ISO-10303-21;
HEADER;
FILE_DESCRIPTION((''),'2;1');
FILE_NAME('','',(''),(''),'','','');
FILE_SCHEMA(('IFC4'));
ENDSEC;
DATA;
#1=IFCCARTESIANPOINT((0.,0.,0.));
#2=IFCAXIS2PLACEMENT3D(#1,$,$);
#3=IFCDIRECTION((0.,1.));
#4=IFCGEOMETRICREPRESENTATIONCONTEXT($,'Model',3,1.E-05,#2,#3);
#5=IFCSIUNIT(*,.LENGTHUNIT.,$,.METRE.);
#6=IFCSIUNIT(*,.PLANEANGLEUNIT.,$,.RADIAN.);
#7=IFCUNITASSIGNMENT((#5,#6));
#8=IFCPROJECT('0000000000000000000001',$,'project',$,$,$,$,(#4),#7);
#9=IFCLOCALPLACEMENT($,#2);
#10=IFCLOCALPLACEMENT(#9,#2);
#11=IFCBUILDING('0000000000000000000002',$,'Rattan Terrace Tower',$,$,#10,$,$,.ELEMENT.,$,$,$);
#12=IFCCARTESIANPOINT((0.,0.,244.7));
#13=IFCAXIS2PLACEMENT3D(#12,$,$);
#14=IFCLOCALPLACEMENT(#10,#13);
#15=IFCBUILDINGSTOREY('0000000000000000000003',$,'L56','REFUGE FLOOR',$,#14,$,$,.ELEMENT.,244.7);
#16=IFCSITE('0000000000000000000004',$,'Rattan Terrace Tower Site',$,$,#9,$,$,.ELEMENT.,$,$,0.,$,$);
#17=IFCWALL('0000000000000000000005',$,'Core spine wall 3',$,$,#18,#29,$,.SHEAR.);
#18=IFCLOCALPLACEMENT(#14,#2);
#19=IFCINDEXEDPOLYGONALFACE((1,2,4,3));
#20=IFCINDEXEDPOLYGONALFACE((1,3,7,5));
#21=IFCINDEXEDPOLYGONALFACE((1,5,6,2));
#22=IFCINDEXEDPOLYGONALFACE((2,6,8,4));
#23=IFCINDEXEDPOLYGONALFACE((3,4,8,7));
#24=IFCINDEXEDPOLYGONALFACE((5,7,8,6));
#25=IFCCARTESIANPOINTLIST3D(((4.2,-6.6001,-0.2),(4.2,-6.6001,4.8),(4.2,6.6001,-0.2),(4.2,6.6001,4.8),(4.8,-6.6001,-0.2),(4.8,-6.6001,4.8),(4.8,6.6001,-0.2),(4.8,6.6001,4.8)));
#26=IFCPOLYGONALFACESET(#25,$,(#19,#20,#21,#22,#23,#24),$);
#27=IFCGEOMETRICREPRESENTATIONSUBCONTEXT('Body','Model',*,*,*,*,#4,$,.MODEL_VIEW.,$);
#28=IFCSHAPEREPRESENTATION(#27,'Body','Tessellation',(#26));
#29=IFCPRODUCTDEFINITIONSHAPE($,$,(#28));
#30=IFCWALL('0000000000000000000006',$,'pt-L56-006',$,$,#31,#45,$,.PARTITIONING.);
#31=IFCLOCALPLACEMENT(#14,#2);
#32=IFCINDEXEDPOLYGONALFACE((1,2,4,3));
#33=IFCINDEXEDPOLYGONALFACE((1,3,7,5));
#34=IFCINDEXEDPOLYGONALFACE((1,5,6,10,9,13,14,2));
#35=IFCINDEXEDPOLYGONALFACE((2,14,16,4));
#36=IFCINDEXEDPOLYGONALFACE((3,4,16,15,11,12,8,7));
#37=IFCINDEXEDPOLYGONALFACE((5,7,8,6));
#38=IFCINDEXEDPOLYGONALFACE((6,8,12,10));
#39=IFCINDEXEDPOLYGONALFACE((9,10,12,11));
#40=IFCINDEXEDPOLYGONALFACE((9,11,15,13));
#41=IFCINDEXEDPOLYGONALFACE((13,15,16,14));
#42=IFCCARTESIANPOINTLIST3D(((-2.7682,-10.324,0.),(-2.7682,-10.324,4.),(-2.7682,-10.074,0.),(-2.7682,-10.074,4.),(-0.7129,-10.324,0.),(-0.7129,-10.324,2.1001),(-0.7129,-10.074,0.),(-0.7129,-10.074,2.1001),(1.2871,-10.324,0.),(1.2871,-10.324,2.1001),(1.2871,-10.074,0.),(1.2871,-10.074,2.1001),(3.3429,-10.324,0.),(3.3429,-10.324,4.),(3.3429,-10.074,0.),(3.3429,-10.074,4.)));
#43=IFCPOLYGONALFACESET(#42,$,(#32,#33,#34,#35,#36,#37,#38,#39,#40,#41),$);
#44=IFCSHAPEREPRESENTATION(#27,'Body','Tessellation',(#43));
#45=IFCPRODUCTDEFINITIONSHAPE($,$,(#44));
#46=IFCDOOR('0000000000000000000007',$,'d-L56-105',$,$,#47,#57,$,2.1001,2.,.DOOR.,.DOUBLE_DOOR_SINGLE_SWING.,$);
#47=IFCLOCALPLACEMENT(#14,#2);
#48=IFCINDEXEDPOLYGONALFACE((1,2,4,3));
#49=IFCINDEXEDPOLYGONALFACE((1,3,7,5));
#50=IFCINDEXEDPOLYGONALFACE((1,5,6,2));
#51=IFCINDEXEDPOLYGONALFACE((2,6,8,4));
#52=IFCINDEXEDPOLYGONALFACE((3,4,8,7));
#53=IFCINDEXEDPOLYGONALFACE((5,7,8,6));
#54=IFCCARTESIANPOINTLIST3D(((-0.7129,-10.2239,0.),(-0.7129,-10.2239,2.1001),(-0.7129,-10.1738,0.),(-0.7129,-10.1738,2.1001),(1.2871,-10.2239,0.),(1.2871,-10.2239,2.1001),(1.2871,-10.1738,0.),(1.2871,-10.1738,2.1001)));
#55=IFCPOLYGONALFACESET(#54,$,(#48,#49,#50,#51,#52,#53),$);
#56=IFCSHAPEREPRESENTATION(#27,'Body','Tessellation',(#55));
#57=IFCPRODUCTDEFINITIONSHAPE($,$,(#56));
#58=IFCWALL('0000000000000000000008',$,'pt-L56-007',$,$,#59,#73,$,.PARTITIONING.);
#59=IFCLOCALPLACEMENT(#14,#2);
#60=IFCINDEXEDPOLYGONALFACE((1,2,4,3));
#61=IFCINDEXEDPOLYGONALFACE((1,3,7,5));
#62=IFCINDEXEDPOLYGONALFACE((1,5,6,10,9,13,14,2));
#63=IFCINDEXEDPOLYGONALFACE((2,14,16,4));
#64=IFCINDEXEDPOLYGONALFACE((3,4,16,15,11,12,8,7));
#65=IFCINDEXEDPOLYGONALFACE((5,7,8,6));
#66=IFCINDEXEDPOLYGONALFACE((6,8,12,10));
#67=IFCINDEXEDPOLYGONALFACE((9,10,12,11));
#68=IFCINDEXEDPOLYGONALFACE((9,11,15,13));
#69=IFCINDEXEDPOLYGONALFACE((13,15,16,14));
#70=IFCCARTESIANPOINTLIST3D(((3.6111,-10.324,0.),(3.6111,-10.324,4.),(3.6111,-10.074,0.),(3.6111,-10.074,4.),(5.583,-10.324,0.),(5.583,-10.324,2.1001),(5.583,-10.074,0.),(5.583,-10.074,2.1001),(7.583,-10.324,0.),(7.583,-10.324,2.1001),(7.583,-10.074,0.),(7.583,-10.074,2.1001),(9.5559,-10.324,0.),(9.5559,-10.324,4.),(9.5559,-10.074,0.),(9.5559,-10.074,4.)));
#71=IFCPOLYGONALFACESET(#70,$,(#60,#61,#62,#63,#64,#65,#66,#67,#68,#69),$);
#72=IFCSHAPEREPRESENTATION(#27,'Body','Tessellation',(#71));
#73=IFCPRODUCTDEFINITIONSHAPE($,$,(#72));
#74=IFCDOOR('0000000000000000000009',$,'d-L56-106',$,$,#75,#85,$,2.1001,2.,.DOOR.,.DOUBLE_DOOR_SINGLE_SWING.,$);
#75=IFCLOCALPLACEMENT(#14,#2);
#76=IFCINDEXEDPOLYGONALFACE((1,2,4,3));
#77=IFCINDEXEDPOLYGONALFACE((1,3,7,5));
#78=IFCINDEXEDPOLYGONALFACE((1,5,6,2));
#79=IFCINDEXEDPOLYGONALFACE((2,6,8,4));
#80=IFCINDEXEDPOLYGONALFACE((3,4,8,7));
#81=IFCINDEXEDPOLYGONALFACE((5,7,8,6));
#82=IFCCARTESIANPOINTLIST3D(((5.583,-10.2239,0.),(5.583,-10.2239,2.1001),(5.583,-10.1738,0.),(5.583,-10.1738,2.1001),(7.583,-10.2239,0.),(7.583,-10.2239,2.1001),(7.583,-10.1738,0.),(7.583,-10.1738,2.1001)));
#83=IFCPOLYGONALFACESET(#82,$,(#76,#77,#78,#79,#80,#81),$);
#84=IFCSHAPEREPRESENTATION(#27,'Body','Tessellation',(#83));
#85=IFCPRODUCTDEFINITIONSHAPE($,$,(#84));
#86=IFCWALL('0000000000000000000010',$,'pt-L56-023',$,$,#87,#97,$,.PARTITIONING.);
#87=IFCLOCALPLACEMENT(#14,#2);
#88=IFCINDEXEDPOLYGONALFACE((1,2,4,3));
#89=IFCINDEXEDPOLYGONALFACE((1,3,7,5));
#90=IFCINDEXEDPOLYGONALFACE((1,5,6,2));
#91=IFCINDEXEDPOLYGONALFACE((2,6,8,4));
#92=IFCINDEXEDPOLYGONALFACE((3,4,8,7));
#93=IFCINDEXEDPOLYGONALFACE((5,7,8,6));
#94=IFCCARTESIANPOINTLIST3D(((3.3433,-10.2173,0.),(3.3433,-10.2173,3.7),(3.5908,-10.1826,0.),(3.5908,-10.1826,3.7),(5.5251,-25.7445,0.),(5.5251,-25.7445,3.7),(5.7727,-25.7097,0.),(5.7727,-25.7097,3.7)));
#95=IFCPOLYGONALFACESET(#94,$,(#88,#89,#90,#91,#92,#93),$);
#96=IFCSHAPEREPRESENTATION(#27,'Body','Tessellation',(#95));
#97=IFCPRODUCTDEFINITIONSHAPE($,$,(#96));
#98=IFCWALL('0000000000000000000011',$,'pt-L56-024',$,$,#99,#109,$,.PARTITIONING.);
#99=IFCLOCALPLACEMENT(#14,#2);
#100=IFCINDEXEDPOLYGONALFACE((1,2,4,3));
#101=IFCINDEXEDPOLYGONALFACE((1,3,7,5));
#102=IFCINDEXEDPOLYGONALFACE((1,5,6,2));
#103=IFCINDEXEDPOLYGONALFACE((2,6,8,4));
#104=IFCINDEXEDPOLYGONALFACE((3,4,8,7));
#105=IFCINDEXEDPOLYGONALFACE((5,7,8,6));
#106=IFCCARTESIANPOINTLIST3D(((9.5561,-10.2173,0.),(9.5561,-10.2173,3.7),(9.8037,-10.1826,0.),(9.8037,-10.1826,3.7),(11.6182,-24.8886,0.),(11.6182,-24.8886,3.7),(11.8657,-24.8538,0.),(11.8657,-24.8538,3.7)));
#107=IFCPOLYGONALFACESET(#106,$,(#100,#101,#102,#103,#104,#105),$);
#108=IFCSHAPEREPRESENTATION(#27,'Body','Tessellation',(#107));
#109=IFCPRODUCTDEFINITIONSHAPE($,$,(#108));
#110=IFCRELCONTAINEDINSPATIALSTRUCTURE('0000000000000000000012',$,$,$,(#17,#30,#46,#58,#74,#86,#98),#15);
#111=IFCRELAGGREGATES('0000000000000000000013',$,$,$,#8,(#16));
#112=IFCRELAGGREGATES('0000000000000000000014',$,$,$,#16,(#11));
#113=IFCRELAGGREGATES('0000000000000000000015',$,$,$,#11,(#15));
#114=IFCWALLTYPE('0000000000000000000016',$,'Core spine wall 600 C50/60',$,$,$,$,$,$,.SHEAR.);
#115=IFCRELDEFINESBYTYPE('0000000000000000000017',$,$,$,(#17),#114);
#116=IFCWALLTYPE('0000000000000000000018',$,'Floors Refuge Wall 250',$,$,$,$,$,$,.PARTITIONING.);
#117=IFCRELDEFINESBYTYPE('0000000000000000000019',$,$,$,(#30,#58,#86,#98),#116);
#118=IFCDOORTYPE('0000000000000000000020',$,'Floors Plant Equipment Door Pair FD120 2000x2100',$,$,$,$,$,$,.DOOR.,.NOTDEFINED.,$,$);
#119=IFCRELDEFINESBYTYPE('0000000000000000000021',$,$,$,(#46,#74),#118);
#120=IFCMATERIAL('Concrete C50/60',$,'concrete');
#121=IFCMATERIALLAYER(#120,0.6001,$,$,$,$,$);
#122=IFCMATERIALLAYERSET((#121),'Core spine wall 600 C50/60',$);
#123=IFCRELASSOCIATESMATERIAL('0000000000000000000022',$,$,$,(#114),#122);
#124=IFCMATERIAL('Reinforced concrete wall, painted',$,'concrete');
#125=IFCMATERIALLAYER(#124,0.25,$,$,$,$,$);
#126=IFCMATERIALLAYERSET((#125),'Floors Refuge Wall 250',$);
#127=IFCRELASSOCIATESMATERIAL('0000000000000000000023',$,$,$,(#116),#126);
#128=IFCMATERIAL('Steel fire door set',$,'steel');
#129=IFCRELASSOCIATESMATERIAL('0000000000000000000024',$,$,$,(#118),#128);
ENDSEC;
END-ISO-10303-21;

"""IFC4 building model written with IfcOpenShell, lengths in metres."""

from ifc_helpers import new_model, si_unit, direction, frame, frame_2d, origin, place, context, subcontext, project, spatial, rectangle, extrude, material, layer, layer_set, type_object, element, fill, save


model = new_model("IFC4")

# Units and contexts
model_context = context("Model", 3, precision=1e-05, world=origin(), true_north=direction((0.0, 1.0)))
body_context = subcontext(model_context, "Body", "Model", "MODEL_VIEW")
ifc_project = project(units=[si_unit("LENGTHUNIT", "METRE"), si_unit("PLANEANGLEUNIT", "RADIAN")], contexts=[model_context])

# Site, building, storey
site_placement = place(None, origin())
site = spatial("IfcSite", under=ifc_project, at=site_placement, Name="Rattan Terrace Tower Site", CompositionType="ELEMENT", RefElevation=0.0)
building_placement = place(site_placement, origin())
building = spatial("IfcBuilding", under=site, at=building_placement, Name="Rattan Terrace Tower", CompositionType="ELEMENT")
storey_placement = place(building_placement, frame((0.0, 0.0, 244.7)))
storey = spatial("IfcBuildingStorey", under=building, at=storey_placement, Name="L56", Description="REFUGE FLOOR", CompositionType="ELEMENT", Elevation=244.7)

# Wall
ifc_material_1 = material(Name="Concrete C50/60", Category="concrete")
ifc_layer_1 = layer(ifc_material_1, 0.6001)
ifc_layer_set_1 = layer_set([ifc_layer_1], Name="Core spine wall 600 C50/60")
wall_type_1 = type_object("IfcWallType", Name="Core spine wall 600 C50/60", PredefinedType="SHEAR", material=ifc_layer_set_1)
wall_1_placement = place(storey_placement, frame((4.5, -6.6001, -0.2), z_axis=(0.0, 0.0, 1.0), x_axis=(0.0, 1.0, 0.0)))
element("IfcWall", 1, at=wall_1_placement, inside=storey, type_object=wall_type_1, Name="Core spine wall 3", PredefinedType="SHEAR", context=body_context, shape_type="SweptSolid", body=[
    extrude(rectangle(XDim=13.2002, YDim=0.6001, at=frame_2d((6.6001, 0.0))), origin(), (0.0, 0.0, 1.0), 5.0),
])

# Walls, openings, doors
ifc_material_2 = material(Name="Reinforced concrete wall, painted", Category="concrete")
ifc_layer_2 = layer(ifc_material_2, 0.25)
ifc_layer_set_2 = layer_set([ifc_layer_2], Name="Floors Refuge Wall 250")
wall_type_2 = type_object("IfcWallType", Name="Floors Refuge Wall 250", PredefinedType="PARTITIONING", material=ifc_layer_set_2)
wall_2_placement = place(storey_placement, frame((3.343, -10.199, 0.0), z_axis=(0.0, 0.0, 1.0), x_axis=(-1.0, 0.0, 0.0)))
wall_2 = element("IfcWall", 2, at=wall_2_placement, inside=storey, type_object=wall_type_2, Name="pt-L56-006", PredefinedType="PARTITIONING", context=body_context, shape_type="SweptSolid", body=[
    extrude(rectangle(XDim=6.1111, YDim=0.25, at=frame_2d((3.0557, 0.0))), origin(), (0.0, 0.0, 1.0), 4.0),
])
opening_1_placement = place(wall_2_placement, frame((2.0559, 0.0, 0.0)))
opening_1 = element("IfcOpeningElement", 3, at=opening_1_placement, cuts=wall_2, PredefinedType="OPENING", context=body_context, shape_type="SweptSolid", body=[
    extrude(rectangle(XDim=2.0, YDim=2.1001, at=frame_2d((1.0, 1.05))), frame((0.0, 0.1355, 0.0), z_axis=(0.0, -1.0, 0.0), x_axis=(1.0, 0.0, 0.0)), (0.0, 0.0, 1.0), 0.271),
])
ifc_material_3 = material(Name="Steel fire door set", Category="steel")
door_type_1 = type_object("IfcDoorType", Name="Floors Plant Equipment Door Pair FD120 2000x2100", OperationType="NOTDEFINED", PredefinedType="DOOR", material=ifc_material_3)
door_1_placement = place(opening_1_placement, origin())
door_1 = element("IfcDoor", 4, at=door_1_placement, inside=storey, type_object=door_type_1, Name="d-L56-105", OperationType="DOUBLE_DOOR_SINGLE_SWING", OverallHeight=2.1001, OverallWidth=2.0, PredefinedType="DOOR", context=body_context, shape_type="SweptSolid", body=[
    extrude(rectangle(XDim=2.0, YDim=2.1001, at=frame_2d((1.0, 1.05))), frame((0.0, 0.0249, 0.0), z_axis=(0.0, -1.0, 0.0), x_axis=(1.0, 0.0, 0.0)), (0.0, 0.0, 1.0), 0.05),
])
fill(opening_1, door_1)
wall_3_placement = place(storey_placement, frame((9.5559, -10.199, 0.0), z_axis=(0.0, 0.0, 1.0), x_axis=(-1.0, 0.0, 0.0)))
wall_3 = element("IfcWall", 5, at=wall_3_placement, inside=storey, type_object=wall_type_2, Name="pt-L56-007", PredefinedType="PARTITIONING", context=body_context, shape_type="SweptSolid", body=[
    extrude(rectangle(XDim=5.9448, YDim=0.25, at=frame_2d((2.9724, 0.0))), origin(), (0.0, 0.0, 1.0), 4.0),
])
opening_2_placement = place(wall_3_placement, frame((1.9729, 0.0, 0.0)))
opening_2 = element("IfcOpeningElement", 6, at=opening_2_placement, cuts=wall_3, PredefinedType="OPENING", context=body_context, shape_type="SweptSolid", body=[
    extrude(rectangle(XDim=2.0, YDim=2.1001, at=frame_2d((1.0, 1.05))), frame((0.0, 0.1355, 0.0), z_axis=(0.0, -1.0, 0.0), x_axis=(1.0, 0.0, 0.0)), (0.0, 0.0, 1.0), 0.271),
])
door_2_placement = place(opening_2_placement, origin())
door_2 = element("IfcDoor", 7, at=door_2_placement, inside=storey, type_object=door_type_1, Name="d-L56-106", OperationType="DOUBLE_DOOR_SINGLE_SWING", OverallHeight=2.1001, OverallWidth=2.0, PredefinedType="DOOR", context=body_context, shape_type="SweptSolid", body=[
    extrude(rectangle(XDim=2.0, YDim=2.1001, at=frame_2d((1.0, 1.05))), frame((0.0, 0.0249, 0.0), z_axis=(0.0, -1.0, 0.0), x_axis=(1.0, 0.0, 0.0)), (0.0, 0.0, 1.0), 0.05),
])
fill(opening_2, door_2)

# Walls
wall_4_placement = place(storey_placement, frame((3.467, -10.2, 0.0), z_axis=(0.0, 0.0, 1.0), x_axis=(0.139154, -0.990271, 0.0)))
element("IfcWall", 8, at=wall_4_placement, inside=storey, type_object=wall_type_2, Name="pt-L56-023", PredefinedType="PARTITIONING", context=body_context, shape_type="SweptSolid", body=[
    extrude(rectangle(XDim=15.6797, YDim=0.25, at=frame_2d((7.8398, 0.0))), origin(), (0.0, 0.0, 1.0), 3.7),
])
wall_5_placement = place(storey_placement, frame((9.6799, -10.2, 0.0), z_axis=(0.0, 0.0, 1.0), x_axis=(0.139181, -0.990267, 0.0)))
element("IfcWall", 9, at=wall_5_placement, inside=storey, type_object=wall_type_2, Name="pt-L56-024", PredefinedType="PARTITIONING", context=body_context, shape_type="SweptSolid", body=[
    extrude(rectangle(XDim=14.8154, YDim=0.25, at=frame_2d((7.4077, 0.0))), origin(), (0.0, 0.0, 1.0), 3.7),
])

save(model, "model.ifc")
